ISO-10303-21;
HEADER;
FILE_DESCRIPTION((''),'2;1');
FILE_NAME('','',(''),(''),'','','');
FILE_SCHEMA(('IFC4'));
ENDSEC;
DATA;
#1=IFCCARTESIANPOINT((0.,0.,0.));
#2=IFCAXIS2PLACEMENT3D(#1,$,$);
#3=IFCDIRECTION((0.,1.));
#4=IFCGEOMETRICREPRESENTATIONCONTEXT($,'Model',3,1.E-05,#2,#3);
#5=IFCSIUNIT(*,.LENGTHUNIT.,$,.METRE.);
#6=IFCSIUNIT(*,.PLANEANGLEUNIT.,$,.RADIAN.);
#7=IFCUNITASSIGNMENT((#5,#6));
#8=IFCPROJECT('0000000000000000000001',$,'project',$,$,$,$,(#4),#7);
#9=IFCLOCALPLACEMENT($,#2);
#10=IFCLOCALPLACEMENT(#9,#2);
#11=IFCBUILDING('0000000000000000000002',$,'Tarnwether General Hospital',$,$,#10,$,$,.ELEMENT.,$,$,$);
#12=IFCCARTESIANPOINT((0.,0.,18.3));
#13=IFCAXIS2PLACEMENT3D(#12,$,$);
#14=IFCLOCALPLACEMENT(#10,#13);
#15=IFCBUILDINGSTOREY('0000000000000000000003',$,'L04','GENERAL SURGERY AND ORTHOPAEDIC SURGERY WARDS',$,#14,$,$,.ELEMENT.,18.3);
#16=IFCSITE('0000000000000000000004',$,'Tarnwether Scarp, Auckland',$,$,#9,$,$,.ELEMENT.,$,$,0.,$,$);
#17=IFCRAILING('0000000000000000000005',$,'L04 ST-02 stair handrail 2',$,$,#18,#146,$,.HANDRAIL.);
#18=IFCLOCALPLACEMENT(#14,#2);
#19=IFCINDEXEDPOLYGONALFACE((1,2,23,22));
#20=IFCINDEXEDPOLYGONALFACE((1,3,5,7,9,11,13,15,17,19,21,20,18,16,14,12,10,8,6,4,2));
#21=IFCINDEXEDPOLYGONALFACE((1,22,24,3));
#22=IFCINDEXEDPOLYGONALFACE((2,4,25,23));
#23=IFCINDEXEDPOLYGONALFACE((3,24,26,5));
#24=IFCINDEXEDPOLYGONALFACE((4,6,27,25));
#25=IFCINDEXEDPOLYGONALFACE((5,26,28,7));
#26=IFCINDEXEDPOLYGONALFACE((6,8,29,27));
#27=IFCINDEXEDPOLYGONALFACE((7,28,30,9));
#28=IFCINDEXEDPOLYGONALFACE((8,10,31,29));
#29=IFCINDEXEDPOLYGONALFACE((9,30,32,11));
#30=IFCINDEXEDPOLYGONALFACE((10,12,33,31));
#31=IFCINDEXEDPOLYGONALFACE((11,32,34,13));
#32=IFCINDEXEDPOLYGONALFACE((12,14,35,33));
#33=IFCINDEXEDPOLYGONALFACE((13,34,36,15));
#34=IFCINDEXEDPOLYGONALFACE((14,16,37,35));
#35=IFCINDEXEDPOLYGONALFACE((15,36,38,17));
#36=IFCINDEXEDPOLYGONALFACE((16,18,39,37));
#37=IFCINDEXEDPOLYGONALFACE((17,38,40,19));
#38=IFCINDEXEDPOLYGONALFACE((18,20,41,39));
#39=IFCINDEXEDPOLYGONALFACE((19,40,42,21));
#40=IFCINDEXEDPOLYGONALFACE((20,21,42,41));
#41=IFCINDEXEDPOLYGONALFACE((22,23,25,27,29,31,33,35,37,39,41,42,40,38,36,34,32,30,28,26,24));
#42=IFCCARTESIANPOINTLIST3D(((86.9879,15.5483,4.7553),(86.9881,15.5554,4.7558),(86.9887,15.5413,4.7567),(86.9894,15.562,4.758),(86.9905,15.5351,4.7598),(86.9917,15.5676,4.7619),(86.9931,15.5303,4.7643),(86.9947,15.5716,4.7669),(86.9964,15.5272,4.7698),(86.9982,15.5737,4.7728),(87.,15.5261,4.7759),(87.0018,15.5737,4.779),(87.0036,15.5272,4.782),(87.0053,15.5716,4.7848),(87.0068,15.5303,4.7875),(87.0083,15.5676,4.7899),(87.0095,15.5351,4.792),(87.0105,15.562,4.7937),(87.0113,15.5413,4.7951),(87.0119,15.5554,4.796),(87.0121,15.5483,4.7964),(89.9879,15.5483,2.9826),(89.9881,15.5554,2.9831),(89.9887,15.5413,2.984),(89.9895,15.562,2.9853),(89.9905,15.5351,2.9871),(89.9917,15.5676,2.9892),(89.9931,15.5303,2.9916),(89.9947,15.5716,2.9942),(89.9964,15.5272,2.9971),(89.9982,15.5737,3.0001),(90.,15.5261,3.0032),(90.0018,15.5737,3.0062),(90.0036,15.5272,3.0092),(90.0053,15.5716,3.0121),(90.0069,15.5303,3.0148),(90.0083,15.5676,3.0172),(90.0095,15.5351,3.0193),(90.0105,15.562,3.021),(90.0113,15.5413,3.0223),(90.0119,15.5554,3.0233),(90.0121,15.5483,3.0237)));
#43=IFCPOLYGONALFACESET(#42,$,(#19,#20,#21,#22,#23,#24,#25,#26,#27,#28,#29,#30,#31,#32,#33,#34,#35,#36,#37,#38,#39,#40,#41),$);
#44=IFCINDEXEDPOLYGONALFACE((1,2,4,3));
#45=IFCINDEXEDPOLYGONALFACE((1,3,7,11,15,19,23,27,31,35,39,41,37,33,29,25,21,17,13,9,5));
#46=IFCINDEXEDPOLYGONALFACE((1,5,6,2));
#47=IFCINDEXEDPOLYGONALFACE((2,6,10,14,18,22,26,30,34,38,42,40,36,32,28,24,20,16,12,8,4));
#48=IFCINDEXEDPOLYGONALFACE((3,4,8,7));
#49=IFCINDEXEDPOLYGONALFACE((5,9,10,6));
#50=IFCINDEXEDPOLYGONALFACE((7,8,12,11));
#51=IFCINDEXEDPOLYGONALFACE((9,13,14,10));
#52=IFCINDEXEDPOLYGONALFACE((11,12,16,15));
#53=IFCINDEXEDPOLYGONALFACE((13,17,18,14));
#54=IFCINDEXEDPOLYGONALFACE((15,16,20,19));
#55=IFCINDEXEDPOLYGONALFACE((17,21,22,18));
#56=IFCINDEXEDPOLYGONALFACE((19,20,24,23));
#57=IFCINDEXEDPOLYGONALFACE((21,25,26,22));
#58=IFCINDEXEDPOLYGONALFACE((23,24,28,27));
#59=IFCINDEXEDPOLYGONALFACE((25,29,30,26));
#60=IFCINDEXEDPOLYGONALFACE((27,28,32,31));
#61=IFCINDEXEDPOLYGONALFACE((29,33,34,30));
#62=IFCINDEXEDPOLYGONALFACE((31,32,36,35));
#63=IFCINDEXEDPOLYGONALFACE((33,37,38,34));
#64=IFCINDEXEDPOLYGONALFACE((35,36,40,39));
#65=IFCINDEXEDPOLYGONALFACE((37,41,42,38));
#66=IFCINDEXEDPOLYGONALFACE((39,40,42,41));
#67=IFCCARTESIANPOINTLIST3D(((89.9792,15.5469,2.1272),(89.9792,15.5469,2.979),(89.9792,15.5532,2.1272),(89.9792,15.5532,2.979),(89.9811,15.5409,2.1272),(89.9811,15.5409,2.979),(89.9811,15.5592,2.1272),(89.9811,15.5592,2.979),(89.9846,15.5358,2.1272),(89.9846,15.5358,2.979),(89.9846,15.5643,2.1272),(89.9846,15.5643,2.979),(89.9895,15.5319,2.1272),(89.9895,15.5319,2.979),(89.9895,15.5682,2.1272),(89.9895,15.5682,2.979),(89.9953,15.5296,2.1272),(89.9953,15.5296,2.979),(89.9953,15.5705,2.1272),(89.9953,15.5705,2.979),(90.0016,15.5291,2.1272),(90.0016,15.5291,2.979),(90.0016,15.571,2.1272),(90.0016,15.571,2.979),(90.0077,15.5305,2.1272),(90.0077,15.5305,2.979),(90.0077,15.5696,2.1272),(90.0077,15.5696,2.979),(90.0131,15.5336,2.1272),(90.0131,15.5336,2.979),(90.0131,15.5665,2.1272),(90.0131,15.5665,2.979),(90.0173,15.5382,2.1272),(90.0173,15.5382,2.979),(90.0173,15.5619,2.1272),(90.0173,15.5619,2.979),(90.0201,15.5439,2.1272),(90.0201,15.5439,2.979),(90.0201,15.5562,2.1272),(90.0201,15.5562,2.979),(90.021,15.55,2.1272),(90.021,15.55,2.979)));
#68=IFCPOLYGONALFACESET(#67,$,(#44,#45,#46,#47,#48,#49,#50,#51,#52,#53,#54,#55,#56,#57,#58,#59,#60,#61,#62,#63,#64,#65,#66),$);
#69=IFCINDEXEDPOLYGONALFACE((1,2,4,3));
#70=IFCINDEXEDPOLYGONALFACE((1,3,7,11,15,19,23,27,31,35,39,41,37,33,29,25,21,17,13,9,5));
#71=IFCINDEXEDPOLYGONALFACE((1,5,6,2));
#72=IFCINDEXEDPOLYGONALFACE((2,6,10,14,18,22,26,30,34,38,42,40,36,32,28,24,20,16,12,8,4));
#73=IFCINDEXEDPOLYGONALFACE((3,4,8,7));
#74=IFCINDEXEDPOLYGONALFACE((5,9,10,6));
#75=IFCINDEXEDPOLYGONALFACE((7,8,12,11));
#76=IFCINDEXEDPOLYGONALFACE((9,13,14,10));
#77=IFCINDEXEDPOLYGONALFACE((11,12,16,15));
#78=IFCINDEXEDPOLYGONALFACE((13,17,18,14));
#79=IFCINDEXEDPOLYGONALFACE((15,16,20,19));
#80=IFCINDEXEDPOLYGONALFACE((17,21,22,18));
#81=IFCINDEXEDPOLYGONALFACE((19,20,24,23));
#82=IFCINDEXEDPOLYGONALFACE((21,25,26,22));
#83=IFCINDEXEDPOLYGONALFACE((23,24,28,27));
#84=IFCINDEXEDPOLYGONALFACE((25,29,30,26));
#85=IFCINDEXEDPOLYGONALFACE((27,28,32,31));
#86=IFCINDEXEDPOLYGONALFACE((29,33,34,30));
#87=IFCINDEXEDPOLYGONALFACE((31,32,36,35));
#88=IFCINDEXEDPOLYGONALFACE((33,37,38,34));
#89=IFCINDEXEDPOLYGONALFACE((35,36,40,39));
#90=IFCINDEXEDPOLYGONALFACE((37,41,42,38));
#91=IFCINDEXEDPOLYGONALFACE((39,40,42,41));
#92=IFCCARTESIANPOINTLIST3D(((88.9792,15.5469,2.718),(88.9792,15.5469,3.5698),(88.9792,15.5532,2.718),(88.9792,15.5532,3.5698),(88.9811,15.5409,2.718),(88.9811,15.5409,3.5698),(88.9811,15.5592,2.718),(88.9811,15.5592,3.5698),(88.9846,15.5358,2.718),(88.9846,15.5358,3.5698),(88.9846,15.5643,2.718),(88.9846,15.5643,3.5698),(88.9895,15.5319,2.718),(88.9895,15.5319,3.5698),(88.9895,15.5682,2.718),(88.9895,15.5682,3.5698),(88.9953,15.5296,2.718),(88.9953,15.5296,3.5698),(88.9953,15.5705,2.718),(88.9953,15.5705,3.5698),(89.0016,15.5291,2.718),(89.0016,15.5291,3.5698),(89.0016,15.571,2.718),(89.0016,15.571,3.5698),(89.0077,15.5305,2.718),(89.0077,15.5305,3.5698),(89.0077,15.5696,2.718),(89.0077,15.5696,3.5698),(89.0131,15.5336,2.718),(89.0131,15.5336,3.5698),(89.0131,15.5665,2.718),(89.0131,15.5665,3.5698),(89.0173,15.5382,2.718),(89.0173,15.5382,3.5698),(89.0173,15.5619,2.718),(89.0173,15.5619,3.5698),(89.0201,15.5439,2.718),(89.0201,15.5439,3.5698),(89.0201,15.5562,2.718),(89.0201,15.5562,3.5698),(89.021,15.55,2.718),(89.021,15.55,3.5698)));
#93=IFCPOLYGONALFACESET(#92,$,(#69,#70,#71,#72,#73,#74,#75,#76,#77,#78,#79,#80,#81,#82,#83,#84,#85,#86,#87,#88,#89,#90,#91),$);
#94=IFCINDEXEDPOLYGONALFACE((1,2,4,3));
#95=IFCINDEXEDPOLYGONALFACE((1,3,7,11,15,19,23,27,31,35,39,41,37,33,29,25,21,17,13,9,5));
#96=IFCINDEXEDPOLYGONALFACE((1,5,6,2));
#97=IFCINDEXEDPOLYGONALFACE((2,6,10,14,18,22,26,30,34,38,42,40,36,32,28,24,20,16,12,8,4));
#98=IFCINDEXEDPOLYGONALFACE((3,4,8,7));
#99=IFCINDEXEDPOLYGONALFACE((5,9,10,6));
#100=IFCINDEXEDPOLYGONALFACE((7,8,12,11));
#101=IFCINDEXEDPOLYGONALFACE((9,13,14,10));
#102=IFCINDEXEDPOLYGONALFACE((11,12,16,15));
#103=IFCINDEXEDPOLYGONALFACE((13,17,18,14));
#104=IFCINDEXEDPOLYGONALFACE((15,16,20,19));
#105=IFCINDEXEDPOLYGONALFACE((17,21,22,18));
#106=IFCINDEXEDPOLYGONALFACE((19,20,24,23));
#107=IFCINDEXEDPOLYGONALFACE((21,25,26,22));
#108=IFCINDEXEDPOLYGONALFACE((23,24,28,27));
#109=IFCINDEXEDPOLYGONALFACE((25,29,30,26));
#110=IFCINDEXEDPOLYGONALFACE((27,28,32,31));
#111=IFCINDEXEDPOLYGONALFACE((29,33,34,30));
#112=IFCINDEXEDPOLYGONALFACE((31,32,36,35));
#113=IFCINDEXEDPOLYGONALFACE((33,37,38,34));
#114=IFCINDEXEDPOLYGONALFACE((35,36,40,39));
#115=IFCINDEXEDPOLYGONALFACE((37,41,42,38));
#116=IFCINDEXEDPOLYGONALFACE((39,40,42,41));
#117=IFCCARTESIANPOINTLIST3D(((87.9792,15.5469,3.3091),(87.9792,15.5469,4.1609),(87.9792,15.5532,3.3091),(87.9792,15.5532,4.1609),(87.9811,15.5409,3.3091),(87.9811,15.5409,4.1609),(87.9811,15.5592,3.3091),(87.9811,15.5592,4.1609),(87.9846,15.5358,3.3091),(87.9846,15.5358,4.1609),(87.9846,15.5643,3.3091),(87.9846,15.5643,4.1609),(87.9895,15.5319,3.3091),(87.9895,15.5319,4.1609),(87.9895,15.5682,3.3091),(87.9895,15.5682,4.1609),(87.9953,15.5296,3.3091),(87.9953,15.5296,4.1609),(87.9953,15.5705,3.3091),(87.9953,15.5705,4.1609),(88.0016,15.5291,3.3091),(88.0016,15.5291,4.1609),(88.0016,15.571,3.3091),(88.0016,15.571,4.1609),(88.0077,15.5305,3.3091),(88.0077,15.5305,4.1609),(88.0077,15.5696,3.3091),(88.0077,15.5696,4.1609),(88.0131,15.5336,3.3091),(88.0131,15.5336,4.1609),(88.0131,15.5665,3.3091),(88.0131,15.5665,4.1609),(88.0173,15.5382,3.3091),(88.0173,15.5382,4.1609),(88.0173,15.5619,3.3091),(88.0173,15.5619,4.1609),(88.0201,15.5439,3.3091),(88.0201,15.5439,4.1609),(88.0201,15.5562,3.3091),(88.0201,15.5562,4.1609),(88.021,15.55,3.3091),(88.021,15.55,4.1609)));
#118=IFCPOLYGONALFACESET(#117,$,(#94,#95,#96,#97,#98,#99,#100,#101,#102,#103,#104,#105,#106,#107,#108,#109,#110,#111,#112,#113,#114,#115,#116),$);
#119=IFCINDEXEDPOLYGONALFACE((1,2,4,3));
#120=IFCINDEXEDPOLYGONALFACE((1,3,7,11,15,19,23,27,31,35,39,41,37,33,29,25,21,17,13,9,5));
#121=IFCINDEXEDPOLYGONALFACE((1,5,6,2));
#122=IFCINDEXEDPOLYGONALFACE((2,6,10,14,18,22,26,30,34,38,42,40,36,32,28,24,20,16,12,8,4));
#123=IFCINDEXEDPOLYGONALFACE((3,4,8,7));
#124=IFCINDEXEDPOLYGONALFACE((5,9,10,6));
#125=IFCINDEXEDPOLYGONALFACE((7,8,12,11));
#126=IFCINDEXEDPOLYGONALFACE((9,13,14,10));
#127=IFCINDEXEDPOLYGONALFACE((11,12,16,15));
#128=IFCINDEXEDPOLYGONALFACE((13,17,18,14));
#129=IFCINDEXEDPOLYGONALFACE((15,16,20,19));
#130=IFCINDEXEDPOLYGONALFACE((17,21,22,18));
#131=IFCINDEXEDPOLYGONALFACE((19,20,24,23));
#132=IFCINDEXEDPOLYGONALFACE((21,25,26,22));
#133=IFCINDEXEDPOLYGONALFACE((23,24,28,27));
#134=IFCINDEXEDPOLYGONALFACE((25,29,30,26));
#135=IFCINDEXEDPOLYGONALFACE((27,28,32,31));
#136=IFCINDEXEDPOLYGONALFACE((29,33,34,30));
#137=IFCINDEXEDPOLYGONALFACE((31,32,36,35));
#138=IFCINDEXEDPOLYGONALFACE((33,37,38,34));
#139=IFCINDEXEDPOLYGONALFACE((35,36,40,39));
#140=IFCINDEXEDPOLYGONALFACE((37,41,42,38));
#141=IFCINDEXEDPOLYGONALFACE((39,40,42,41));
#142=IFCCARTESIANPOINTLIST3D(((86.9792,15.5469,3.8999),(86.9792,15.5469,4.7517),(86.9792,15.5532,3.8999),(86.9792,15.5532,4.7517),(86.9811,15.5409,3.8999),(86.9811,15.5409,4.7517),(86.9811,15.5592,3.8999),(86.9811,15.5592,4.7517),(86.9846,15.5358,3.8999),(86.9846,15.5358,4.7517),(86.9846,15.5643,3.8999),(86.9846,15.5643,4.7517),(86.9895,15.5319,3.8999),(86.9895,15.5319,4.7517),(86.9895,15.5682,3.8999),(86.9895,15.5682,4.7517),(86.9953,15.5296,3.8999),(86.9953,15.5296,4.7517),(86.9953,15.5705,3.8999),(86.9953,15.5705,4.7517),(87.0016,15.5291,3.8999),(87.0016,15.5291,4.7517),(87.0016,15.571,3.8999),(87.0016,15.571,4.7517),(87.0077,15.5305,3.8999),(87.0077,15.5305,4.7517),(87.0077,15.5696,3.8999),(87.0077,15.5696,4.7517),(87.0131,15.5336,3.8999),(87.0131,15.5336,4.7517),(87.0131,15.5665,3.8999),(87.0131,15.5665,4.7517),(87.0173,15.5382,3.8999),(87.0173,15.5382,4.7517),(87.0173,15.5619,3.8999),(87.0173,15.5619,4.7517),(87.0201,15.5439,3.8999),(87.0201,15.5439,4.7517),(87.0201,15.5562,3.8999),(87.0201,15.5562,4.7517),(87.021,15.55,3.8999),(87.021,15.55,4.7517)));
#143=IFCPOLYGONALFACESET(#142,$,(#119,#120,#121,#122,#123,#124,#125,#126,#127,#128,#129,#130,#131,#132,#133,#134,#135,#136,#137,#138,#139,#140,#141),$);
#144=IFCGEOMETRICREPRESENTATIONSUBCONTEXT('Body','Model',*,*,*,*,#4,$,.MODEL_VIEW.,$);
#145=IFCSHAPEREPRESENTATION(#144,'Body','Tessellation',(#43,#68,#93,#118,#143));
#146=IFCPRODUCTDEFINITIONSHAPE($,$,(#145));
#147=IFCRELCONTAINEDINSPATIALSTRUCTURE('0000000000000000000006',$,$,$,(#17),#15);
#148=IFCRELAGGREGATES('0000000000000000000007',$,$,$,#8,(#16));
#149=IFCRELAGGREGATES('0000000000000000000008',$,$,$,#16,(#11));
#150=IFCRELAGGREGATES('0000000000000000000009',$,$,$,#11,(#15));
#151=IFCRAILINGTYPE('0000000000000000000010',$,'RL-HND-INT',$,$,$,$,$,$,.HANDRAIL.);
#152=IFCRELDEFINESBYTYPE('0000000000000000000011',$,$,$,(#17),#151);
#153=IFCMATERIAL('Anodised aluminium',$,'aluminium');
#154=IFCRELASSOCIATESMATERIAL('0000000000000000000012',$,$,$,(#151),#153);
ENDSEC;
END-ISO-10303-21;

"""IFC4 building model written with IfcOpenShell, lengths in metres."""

from ifc_helpers import new_model, si_unit, direction, frame, origin, origin_2d, place, context, subcontext, project, spatial, circle, extrude, material, type_object, element, save


model = new_model("IFC4")

# Units and contexts
model_context = context("Model", 3, precision=1e-05, world=origin(), true_north=direction((0.0, 1.0)))
body_context = subcontext(model_context, "Body", "Model", "MODEL_VIEW")
ifc_project = project(units=[si_unit("LENGTHUNIT", "METRE"), si_unit("PLANEANGLEUNIT", "RADIAN")], contexts=[model_context])

# Site, building, storey
site_placement = place(None, origin())
site = spatial("IfcSite", under=ifc_project, at=site_placement, Name="Tarnwether Scarp, Auckland", CompositionType="ELEMENT", RefElevation=0.0)
building_placement = place(site_placement, origin())
building = spatial("IfcBuilding", under=site, at=building_placement, Name="Tarnwether General Hospital", CompositionType="ELEMENT")
storey_placement = place(building_placement, frame((0.0, 0.0, 18.3)))
storey = spatial("IfcBuildingStorey", under=building, at=storey_placement, Name="L04", Description="GENERAL SURGERY AND ORTHOPAEDIC SURGERY WARDS", CompositionType="ELEMENT", Elevation=18.3)

# Railing
ifc_material_1 = material(Name="Anodised aluminium", Category="aluminium")
railing_type_1 = type_object("IfcRailingType", Name="RL-HND-INT", PredefinedType="HANDRAIL", material=ifc_material_1)
railing_1_placement = place(storey_placement, frame((90.0, 15.55, 2.1272)))
element("IfcRailing", 1, at=railing_1_placement, inside=storey, type_object=railing_type_1, Name="L04 ST-02 stair handrail 2", PredefinedType="HANDRAIL", context=body_context, shape_type="SweptSolid", body=[
    extrude(circle(Radius=0.0239, at=origin_2d()), frame((0.0, 0.0, 0.876), z_axis=(-0.860929, 0.0, 0.508725), x_axis=(0.0, -1.0, 0.0)), (0.0, 0.0, 1.0), 3.4846),
    extrude(circle(Radius=0.021, at=origin_2d()), origin(), (0.0, 0.0, 1.0), 0.8518),
    extrude(circle(Radius=0.021, at=origin_2d()), frame((-1.0, 0.0, 0.5908)), (0.0, 0.0, 1.0), 0.8518),
    extrude(circle(Radius=0.021, at=origin_2d()), frame((-2.0, 0.0, 1.1819)), (0.0, 0.0, 1.0), 0.8518),
    extrude(circle(Radius=0.021, at=origin_2d()), frame((-3.0, 0.0, 1.7727)), (0.0, 0.0, 1.0), 0.8518),
])

save(model, "model.ifc")
